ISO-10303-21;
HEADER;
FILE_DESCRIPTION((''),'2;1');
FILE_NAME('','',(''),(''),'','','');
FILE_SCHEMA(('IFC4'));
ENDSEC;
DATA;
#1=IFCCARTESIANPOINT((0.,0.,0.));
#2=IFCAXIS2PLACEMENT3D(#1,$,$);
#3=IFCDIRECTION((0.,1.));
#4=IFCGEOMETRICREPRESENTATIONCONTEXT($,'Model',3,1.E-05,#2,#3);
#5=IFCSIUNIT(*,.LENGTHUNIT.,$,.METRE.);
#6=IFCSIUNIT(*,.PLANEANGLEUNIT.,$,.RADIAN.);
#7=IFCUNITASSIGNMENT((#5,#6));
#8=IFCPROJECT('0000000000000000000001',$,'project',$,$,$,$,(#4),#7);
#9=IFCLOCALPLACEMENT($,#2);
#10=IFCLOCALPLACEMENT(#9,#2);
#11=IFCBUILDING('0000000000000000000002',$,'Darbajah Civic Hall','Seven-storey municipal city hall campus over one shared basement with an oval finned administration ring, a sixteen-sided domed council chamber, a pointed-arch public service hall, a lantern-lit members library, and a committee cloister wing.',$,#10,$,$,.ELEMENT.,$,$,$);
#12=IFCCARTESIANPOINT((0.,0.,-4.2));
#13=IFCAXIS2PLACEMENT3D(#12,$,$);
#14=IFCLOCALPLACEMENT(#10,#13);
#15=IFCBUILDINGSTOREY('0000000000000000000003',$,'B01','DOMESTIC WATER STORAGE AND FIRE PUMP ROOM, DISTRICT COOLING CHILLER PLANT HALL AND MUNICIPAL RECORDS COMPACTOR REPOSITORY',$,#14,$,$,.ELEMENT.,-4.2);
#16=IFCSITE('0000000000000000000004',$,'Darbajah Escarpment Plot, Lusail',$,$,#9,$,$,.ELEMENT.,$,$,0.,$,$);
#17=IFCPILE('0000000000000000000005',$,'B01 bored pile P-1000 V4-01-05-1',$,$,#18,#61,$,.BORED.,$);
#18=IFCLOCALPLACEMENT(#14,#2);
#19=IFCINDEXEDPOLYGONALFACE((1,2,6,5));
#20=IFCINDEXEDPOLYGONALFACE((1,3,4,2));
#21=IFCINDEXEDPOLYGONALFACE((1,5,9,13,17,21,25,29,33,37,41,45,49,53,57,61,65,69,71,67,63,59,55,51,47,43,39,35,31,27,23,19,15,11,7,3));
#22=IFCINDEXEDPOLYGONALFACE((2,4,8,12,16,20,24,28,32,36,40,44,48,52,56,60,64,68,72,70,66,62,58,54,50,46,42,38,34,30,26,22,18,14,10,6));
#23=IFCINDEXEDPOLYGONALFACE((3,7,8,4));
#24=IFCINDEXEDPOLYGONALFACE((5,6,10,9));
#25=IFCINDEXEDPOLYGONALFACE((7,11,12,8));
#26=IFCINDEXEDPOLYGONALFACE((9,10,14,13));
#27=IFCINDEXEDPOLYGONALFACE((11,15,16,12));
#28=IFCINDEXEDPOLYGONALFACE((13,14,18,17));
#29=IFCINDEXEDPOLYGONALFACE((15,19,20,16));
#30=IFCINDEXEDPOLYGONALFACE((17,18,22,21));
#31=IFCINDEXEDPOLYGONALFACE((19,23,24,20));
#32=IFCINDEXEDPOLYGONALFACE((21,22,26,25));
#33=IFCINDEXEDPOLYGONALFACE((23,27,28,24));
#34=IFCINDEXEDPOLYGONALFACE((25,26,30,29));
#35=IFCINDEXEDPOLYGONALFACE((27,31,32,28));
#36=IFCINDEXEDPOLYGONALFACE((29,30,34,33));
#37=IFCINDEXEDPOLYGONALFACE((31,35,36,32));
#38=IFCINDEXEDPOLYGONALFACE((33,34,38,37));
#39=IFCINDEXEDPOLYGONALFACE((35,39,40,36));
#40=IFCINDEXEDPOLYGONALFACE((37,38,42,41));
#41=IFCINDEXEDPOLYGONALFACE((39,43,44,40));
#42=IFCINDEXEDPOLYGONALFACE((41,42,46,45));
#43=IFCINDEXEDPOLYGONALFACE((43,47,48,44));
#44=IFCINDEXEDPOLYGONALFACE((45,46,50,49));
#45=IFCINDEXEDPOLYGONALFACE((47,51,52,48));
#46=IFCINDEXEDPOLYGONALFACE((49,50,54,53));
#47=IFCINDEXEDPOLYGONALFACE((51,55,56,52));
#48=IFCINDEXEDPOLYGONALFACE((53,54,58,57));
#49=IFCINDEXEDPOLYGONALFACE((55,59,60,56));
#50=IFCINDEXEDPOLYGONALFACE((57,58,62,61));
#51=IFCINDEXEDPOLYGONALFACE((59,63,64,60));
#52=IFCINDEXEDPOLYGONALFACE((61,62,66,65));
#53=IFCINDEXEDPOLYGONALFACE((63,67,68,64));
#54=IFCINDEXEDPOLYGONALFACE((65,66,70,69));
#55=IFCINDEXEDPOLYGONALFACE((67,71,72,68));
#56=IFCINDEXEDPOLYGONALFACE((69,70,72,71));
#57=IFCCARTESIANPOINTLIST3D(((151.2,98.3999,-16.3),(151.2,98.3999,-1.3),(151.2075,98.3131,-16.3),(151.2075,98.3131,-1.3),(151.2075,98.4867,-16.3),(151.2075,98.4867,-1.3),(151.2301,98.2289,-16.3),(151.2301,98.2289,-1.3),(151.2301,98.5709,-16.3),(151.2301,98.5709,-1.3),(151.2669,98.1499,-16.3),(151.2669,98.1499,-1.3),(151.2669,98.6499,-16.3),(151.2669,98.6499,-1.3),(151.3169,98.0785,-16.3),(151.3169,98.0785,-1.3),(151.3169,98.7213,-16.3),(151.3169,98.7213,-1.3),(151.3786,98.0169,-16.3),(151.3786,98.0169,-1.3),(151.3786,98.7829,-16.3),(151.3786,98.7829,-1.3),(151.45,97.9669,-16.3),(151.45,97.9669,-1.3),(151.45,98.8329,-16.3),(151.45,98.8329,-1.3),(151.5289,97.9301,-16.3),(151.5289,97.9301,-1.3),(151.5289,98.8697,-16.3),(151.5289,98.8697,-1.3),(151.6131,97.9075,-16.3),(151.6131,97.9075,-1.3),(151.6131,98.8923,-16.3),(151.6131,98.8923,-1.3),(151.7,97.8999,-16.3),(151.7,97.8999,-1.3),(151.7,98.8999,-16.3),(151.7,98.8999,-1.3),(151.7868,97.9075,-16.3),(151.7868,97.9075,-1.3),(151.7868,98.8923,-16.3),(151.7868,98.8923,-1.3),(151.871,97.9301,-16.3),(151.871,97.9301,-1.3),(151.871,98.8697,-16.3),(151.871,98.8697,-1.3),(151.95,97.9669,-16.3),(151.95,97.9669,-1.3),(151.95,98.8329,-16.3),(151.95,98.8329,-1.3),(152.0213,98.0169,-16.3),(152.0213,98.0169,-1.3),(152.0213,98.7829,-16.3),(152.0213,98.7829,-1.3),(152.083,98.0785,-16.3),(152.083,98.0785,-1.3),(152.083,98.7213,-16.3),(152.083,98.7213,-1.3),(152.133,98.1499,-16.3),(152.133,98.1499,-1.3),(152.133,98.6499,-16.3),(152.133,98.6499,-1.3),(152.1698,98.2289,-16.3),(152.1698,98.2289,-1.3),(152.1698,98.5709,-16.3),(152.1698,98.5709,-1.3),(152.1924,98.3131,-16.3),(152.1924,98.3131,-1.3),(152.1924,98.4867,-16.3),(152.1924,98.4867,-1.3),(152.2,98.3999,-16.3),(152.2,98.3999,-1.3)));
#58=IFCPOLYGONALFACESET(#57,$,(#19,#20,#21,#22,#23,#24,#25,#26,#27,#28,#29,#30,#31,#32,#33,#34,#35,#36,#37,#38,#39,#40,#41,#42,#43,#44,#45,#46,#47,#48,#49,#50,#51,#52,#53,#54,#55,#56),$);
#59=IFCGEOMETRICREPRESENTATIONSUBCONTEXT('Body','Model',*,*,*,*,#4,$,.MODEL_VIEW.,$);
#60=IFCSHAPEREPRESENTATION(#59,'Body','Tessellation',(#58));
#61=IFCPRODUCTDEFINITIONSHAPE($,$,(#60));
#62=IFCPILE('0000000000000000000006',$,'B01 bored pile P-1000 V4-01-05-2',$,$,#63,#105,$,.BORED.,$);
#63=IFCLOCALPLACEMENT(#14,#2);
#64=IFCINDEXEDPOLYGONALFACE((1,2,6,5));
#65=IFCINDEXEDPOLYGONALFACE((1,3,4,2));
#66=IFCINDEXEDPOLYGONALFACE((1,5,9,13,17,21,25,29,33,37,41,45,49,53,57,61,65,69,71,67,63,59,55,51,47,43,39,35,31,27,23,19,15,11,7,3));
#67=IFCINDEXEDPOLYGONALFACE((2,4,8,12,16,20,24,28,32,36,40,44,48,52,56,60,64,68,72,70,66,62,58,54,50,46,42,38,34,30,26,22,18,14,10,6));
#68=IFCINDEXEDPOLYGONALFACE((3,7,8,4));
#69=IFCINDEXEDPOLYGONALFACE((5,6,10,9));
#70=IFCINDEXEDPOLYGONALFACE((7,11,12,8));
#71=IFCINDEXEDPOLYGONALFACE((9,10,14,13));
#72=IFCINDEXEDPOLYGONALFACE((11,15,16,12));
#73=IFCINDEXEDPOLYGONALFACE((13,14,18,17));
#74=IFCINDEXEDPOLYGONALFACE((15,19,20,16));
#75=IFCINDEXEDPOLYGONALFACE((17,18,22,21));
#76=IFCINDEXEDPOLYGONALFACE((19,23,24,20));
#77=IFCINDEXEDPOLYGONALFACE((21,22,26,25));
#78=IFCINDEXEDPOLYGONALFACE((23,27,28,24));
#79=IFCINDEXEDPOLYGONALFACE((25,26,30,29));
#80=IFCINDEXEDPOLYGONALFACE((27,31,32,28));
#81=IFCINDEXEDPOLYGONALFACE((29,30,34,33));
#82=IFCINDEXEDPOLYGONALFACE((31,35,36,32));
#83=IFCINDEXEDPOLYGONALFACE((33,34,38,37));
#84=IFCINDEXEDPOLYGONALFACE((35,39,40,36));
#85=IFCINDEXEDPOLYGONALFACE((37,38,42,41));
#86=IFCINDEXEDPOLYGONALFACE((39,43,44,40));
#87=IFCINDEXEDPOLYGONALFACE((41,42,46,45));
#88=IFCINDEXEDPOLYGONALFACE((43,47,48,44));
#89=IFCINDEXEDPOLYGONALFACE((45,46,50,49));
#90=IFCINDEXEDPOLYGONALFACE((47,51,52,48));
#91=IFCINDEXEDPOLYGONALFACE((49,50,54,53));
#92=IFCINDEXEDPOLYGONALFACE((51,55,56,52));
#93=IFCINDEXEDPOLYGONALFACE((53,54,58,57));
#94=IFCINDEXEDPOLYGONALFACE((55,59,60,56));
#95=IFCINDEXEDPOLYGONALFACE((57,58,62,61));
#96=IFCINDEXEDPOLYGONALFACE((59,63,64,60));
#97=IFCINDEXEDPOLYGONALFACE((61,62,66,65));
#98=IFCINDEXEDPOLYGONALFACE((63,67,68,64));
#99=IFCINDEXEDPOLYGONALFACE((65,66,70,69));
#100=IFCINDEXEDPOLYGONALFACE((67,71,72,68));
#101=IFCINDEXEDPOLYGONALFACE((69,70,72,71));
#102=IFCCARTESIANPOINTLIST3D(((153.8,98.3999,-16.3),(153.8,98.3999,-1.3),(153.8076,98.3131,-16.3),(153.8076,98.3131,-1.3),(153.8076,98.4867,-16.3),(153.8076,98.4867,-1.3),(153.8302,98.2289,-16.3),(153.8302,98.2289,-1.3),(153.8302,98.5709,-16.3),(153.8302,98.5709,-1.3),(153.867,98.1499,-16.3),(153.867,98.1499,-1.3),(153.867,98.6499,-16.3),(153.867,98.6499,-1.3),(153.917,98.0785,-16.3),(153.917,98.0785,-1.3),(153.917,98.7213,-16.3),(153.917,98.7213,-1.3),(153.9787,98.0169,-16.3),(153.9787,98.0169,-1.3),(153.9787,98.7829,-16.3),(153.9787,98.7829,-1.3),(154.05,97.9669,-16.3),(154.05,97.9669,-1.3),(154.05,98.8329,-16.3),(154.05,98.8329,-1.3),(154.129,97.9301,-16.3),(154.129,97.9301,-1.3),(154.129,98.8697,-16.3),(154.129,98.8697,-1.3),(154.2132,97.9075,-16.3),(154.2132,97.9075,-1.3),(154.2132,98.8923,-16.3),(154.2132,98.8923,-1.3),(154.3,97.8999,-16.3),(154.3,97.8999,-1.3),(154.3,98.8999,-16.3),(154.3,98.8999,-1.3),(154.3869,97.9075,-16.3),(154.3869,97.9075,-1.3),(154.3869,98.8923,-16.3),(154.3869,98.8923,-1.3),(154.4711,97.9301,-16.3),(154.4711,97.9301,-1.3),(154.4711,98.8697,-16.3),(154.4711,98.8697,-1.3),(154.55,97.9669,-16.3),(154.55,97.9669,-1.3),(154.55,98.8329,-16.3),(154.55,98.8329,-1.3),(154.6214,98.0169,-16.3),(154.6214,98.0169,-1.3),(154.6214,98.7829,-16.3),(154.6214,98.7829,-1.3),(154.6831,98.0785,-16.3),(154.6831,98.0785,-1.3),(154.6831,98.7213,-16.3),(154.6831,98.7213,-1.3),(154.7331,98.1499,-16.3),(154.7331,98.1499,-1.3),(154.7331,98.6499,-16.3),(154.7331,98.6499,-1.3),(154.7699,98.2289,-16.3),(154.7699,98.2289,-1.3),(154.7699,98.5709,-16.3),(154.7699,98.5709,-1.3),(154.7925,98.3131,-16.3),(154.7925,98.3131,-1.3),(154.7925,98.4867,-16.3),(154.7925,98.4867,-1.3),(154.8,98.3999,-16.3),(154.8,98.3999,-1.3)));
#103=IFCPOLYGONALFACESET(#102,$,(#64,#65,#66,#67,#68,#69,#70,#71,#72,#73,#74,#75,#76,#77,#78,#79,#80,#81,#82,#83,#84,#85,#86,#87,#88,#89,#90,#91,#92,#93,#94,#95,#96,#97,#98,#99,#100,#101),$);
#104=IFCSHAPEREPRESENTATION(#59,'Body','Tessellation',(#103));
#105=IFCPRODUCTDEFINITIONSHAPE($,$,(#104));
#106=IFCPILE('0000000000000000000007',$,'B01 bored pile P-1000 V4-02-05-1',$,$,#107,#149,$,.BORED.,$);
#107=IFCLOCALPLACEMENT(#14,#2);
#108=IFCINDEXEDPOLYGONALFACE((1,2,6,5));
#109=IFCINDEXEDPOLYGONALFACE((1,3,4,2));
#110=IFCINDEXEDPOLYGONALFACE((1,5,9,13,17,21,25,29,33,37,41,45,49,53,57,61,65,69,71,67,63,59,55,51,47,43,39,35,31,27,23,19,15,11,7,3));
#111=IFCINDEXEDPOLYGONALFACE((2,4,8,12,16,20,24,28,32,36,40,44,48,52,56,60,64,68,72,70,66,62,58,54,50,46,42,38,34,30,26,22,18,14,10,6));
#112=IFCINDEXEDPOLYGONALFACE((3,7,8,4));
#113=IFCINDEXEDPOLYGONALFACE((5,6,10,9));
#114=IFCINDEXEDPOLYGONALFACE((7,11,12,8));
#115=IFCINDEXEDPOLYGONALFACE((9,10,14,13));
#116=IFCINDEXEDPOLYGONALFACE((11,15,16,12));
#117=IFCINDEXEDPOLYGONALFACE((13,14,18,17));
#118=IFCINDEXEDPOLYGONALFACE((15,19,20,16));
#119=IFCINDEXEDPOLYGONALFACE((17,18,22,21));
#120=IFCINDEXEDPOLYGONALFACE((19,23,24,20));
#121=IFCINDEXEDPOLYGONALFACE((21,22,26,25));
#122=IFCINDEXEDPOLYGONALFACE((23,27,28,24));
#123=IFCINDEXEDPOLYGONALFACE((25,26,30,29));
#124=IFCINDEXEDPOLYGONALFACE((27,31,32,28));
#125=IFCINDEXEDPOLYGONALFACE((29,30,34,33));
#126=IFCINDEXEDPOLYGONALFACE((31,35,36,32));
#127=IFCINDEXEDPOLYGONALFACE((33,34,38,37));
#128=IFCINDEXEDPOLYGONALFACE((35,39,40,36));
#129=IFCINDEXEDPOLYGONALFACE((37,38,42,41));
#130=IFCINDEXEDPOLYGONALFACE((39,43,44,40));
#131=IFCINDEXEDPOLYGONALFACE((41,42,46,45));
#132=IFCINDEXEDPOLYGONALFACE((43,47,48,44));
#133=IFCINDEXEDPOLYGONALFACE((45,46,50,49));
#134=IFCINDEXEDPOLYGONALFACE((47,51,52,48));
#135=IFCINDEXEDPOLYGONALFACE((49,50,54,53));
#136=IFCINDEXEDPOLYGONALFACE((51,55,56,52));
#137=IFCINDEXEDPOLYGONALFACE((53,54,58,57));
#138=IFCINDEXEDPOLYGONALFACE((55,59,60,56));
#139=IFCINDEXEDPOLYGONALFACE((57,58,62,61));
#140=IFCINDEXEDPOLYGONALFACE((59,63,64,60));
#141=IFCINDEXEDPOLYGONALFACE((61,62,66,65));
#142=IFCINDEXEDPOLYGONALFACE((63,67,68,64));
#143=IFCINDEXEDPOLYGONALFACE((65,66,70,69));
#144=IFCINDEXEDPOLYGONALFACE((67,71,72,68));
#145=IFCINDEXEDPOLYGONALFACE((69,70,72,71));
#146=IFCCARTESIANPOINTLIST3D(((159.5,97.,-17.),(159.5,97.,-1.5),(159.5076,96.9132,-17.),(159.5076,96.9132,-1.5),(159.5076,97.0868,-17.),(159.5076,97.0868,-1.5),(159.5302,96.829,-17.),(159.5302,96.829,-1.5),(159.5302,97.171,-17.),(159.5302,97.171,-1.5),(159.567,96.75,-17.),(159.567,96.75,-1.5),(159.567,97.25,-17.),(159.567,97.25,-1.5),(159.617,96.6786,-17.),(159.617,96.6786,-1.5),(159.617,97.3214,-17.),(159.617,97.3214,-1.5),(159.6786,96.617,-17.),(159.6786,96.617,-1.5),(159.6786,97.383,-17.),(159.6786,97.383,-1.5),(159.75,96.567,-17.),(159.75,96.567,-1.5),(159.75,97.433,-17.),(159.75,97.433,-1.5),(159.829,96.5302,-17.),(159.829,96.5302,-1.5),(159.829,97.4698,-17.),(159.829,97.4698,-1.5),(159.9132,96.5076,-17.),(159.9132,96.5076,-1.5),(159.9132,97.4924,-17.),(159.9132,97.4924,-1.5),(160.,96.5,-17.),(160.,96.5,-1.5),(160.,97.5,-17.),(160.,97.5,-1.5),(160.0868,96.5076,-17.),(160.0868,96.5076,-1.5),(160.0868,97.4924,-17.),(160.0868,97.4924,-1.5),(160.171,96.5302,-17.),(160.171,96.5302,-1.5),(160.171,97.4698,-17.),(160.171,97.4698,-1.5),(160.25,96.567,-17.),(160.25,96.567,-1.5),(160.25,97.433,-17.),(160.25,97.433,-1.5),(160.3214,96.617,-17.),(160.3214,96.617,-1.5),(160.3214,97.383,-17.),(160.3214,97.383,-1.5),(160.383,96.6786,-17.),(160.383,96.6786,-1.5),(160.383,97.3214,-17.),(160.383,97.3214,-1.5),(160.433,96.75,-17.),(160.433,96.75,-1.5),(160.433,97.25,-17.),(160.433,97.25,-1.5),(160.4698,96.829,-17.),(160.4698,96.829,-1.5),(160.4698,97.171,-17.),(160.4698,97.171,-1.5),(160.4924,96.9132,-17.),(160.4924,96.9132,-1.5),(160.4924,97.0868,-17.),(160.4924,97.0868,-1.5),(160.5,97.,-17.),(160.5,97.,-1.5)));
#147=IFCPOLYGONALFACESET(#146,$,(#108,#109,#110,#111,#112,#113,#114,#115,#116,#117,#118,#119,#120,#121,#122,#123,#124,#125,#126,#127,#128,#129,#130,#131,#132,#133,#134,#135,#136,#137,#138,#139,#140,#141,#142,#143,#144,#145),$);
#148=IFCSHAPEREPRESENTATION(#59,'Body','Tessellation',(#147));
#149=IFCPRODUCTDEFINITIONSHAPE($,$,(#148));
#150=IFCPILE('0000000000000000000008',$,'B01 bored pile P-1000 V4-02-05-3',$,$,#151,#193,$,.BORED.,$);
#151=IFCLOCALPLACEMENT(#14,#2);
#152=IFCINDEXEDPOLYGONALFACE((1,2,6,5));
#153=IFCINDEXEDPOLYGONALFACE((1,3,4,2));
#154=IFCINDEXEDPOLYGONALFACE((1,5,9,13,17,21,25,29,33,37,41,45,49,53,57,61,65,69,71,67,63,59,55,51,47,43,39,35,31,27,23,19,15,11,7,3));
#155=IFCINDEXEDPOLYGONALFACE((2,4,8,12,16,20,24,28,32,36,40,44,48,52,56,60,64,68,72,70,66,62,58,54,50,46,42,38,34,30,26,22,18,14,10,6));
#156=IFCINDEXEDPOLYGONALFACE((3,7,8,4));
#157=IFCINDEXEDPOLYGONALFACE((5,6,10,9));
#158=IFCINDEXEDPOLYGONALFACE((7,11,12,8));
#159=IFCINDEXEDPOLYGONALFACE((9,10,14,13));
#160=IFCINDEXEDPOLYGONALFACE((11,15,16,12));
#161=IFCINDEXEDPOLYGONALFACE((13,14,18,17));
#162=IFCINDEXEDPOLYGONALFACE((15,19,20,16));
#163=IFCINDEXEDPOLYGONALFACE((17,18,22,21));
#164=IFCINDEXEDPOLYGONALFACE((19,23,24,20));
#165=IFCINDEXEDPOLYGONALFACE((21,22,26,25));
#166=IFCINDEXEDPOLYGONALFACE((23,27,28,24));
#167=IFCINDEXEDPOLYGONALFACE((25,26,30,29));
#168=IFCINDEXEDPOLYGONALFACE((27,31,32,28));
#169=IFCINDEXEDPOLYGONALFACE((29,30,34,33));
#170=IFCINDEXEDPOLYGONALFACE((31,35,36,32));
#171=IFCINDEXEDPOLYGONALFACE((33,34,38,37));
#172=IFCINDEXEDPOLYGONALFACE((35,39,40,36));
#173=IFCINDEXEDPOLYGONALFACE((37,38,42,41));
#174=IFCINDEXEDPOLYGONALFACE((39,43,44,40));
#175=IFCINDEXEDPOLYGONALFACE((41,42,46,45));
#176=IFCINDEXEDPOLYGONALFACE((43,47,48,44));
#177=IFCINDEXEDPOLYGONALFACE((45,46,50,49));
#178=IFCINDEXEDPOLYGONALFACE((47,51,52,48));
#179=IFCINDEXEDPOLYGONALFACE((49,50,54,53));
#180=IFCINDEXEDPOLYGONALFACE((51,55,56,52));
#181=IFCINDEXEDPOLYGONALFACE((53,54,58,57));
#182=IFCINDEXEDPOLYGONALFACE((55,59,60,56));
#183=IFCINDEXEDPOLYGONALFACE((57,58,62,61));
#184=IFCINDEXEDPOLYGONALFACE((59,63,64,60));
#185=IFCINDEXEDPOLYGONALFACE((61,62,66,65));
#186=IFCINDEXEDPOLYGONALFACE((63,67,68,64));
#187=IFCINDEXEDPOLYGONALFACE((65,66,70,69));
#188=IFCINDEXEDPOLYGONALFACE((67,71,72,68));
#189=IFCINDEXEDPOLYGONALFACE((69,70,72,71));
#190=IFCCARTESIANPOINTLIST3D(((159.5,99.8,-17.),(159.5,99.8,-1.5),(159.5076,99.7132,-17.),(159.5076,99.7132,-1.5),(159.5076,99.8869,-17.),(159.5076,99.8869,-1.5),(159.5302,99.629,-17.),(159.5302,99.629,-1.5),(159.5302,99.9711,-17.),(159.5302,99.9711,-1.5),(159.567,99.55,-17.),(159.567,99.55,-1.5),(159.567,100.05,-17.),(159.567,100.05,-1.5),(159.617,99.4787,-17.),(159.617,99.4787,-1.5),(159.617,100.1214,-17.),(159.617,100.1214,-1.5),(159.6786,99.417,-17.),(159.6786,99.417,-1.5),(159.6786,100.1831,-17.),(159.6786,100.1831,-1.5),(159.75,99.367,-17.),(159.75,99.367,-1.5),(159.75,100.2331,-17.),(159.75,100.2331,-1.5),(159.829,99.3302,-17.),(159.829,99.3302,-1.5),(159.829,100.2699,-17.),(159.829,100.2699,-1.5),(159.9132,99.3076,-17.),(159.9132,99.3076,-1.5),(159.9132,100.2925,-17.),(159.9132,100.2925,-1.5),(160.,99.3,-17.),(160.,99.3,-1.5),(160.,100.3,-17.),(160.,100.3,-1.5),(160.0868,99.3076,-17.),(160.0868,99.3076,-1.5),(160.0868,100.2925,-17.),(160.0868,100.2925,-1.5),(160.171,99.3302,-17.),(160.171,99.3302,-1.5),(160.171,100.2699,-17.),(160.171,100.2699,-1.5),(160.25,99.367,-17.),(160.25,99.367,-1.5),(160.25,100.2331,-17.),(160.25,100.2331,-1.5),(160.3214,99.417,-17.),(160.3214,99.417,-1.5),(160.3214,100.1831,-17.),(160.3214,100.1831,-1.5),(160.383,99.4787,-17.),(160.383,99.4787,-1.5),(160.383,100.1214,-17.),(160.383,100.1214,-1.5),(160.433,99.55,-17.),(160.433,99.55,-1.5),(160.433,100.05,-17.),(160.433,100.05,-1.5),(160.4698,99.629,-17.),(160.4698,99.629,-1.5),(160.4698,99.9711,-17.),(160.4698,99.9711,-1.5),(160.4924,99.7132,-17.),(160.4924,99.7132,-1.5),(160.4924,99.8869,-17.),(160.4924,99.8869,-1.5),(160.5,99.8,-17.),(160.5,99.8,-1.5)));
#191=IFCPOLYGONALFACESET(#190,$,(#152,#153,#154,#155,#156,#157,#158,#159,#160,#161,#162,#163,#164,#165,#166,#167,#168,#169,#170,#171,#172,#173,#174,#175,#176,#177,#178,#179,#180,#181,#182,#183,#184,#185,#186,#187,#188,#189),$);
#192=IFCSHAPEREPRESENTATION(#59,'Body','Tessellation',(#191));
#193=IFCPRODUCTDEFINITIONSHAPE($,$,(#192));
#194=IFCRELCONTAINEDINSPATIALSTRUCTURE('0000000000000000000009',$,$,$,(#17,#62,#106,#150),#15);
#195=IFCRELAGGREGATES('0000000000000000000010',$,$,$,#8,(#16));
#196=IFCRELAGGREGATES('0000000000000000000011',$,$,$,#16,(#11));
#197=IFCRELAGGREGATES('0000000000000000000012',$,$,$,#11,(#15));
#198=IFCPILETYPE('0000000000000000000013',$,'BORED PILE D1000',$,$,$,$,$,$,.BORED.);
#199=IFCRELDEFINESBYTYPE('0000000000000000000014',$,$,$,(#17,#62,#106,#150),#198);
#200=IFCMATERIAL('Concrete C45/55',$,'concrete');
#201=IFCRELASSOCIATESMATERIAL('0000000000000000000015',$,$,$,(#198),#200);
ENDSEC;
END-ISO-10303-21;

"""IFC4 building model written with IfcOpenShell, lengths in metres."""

from ifc_helpers import new_model, si_unit, direction, frame, origin, origin_2d, place, context, subcontext, project, spatial, circle, extrude, material, material_profile, profile_set, type_object, element, save


model = new_model("IFC4")

# Units and contexts
model_context = context("Model", 3, precision=1e-05, world=origin(), true_north=direction((0.0, 1.0)))
body_context = subcontext(model_context, "Body", "Model", "MODEL_VIEW")
ifc_project = project(units=[si_unit("LENGTHUNIT", "METRE"), si_unit("PLANEANGLEUNIT", "RADIAN")], contexts=[model_context])

# Site, building, storey
site_placement = place(None, origin())
site = spatial("IfcSite", under=ifc_project, at=site_placement, Name="Darbajah Escarpment Plot, Lusail", CompositionType="ELEMENT", RefElevation=0.0)
building_placement = place(site_placement, origin())
building = spatial("IfcBuilding", under=site, at=building_placement, Name="Darbajah Civic Hall", Description="Seven-storey municipal city hall campus over one shared basement with an oval finned administration ring, a sixteen-sided domed council chamber, a pointed-arch public service hall, a lantern-lit members library, and a committee cloister wing.", CompositionType="ELEMENT")
storey_placement = place(building_placement, frame((0.0, 0.0, -4.2)))
storey = spatial("IfcBuildingStorey", under=building, at=storey_placement, Name="B01", Description="DOMESTIC WATER STORAGE AND FIRE PUMP ROOM, DISTRICT COOLING CHILLER PLANT HALL AND MUNICIPAL RECORDS COMPACTOR REPOSITORY", CompositionType="ELEMENT", Elevation=-4.2)

# Piles
ifc_material_1 = material(Name="Concrete C45/55", Category="concrete")
ifc_material_profile_1 = material_profile(ifc_material_1, circle(Radius=0.5, at=origin_2d()), Name="BORED PILE D1000")
ifc_profile_set_1 = profile_set([ifc_material_profile_1], Name="Concrete C45/55")
pile_type_1 = type_object("IfcPileType", Name="BORED PILE D1000", PredefinedType="BORED", material=ifc_profile_set_1)
for number, where, z_axis, x_axis, name in (
    (1, (151.7, 98.3999, -1.3), (0.0, 0.0, -1.0), (1.0, 0.0, 0.0), "B01 bored pile P-1000 V4-01-05-1"),
    (2, (154.3, 98.3999, -1.3), (0.0, 0.0, -1.0), (1.0, 0.0, 0.0), "B01 bored pile P-1000 V4-01-05-2"),
):
    element("IfcPile", number, at=place(storey_placement, frame(where, z_axis=z_axis, x_axis=x_axis)), inside=storey, type_object=pile_type_1, Name=name, PredefinedType="BORED", context=body_context, shape_type="SweptSolid", body=[
        extrude(circle(Radius=0.5, at=origin_2d()), origin(), (0.0, 0.0, 1.0), 15.0),
    ])
for number, where, z_axis, x_axis, name in (
    (3, (160.0, 97.0, -1.5), (0.0, 0.0, -1.0), (1.0, 0.0, 0.0), "B01 bored pile P-1000 V4-02-05-1"),
    (4, (160.0, 99.8, -1.5), (0.0, 0.0, -1.0), (1.0, 0.0, 0.0), "B01 bored pile P-1000 V4-02-05-3"),
):
    element("IfcPile", number, at=place(storey_placement, frame(where, z_axis=z_axis, x_axis=x_axis)), inside=storey, type_object=pile_type_1, Name=name, PredefinedType="BORED", context=body_context, shape_type="SweptSolid", body=[
        extrude(circle(Radius=0.5, at=origin_2d()), origin(), (0.0, 0.0, 1.0), 15.5),
    ])

save(model, "model.ifc")
